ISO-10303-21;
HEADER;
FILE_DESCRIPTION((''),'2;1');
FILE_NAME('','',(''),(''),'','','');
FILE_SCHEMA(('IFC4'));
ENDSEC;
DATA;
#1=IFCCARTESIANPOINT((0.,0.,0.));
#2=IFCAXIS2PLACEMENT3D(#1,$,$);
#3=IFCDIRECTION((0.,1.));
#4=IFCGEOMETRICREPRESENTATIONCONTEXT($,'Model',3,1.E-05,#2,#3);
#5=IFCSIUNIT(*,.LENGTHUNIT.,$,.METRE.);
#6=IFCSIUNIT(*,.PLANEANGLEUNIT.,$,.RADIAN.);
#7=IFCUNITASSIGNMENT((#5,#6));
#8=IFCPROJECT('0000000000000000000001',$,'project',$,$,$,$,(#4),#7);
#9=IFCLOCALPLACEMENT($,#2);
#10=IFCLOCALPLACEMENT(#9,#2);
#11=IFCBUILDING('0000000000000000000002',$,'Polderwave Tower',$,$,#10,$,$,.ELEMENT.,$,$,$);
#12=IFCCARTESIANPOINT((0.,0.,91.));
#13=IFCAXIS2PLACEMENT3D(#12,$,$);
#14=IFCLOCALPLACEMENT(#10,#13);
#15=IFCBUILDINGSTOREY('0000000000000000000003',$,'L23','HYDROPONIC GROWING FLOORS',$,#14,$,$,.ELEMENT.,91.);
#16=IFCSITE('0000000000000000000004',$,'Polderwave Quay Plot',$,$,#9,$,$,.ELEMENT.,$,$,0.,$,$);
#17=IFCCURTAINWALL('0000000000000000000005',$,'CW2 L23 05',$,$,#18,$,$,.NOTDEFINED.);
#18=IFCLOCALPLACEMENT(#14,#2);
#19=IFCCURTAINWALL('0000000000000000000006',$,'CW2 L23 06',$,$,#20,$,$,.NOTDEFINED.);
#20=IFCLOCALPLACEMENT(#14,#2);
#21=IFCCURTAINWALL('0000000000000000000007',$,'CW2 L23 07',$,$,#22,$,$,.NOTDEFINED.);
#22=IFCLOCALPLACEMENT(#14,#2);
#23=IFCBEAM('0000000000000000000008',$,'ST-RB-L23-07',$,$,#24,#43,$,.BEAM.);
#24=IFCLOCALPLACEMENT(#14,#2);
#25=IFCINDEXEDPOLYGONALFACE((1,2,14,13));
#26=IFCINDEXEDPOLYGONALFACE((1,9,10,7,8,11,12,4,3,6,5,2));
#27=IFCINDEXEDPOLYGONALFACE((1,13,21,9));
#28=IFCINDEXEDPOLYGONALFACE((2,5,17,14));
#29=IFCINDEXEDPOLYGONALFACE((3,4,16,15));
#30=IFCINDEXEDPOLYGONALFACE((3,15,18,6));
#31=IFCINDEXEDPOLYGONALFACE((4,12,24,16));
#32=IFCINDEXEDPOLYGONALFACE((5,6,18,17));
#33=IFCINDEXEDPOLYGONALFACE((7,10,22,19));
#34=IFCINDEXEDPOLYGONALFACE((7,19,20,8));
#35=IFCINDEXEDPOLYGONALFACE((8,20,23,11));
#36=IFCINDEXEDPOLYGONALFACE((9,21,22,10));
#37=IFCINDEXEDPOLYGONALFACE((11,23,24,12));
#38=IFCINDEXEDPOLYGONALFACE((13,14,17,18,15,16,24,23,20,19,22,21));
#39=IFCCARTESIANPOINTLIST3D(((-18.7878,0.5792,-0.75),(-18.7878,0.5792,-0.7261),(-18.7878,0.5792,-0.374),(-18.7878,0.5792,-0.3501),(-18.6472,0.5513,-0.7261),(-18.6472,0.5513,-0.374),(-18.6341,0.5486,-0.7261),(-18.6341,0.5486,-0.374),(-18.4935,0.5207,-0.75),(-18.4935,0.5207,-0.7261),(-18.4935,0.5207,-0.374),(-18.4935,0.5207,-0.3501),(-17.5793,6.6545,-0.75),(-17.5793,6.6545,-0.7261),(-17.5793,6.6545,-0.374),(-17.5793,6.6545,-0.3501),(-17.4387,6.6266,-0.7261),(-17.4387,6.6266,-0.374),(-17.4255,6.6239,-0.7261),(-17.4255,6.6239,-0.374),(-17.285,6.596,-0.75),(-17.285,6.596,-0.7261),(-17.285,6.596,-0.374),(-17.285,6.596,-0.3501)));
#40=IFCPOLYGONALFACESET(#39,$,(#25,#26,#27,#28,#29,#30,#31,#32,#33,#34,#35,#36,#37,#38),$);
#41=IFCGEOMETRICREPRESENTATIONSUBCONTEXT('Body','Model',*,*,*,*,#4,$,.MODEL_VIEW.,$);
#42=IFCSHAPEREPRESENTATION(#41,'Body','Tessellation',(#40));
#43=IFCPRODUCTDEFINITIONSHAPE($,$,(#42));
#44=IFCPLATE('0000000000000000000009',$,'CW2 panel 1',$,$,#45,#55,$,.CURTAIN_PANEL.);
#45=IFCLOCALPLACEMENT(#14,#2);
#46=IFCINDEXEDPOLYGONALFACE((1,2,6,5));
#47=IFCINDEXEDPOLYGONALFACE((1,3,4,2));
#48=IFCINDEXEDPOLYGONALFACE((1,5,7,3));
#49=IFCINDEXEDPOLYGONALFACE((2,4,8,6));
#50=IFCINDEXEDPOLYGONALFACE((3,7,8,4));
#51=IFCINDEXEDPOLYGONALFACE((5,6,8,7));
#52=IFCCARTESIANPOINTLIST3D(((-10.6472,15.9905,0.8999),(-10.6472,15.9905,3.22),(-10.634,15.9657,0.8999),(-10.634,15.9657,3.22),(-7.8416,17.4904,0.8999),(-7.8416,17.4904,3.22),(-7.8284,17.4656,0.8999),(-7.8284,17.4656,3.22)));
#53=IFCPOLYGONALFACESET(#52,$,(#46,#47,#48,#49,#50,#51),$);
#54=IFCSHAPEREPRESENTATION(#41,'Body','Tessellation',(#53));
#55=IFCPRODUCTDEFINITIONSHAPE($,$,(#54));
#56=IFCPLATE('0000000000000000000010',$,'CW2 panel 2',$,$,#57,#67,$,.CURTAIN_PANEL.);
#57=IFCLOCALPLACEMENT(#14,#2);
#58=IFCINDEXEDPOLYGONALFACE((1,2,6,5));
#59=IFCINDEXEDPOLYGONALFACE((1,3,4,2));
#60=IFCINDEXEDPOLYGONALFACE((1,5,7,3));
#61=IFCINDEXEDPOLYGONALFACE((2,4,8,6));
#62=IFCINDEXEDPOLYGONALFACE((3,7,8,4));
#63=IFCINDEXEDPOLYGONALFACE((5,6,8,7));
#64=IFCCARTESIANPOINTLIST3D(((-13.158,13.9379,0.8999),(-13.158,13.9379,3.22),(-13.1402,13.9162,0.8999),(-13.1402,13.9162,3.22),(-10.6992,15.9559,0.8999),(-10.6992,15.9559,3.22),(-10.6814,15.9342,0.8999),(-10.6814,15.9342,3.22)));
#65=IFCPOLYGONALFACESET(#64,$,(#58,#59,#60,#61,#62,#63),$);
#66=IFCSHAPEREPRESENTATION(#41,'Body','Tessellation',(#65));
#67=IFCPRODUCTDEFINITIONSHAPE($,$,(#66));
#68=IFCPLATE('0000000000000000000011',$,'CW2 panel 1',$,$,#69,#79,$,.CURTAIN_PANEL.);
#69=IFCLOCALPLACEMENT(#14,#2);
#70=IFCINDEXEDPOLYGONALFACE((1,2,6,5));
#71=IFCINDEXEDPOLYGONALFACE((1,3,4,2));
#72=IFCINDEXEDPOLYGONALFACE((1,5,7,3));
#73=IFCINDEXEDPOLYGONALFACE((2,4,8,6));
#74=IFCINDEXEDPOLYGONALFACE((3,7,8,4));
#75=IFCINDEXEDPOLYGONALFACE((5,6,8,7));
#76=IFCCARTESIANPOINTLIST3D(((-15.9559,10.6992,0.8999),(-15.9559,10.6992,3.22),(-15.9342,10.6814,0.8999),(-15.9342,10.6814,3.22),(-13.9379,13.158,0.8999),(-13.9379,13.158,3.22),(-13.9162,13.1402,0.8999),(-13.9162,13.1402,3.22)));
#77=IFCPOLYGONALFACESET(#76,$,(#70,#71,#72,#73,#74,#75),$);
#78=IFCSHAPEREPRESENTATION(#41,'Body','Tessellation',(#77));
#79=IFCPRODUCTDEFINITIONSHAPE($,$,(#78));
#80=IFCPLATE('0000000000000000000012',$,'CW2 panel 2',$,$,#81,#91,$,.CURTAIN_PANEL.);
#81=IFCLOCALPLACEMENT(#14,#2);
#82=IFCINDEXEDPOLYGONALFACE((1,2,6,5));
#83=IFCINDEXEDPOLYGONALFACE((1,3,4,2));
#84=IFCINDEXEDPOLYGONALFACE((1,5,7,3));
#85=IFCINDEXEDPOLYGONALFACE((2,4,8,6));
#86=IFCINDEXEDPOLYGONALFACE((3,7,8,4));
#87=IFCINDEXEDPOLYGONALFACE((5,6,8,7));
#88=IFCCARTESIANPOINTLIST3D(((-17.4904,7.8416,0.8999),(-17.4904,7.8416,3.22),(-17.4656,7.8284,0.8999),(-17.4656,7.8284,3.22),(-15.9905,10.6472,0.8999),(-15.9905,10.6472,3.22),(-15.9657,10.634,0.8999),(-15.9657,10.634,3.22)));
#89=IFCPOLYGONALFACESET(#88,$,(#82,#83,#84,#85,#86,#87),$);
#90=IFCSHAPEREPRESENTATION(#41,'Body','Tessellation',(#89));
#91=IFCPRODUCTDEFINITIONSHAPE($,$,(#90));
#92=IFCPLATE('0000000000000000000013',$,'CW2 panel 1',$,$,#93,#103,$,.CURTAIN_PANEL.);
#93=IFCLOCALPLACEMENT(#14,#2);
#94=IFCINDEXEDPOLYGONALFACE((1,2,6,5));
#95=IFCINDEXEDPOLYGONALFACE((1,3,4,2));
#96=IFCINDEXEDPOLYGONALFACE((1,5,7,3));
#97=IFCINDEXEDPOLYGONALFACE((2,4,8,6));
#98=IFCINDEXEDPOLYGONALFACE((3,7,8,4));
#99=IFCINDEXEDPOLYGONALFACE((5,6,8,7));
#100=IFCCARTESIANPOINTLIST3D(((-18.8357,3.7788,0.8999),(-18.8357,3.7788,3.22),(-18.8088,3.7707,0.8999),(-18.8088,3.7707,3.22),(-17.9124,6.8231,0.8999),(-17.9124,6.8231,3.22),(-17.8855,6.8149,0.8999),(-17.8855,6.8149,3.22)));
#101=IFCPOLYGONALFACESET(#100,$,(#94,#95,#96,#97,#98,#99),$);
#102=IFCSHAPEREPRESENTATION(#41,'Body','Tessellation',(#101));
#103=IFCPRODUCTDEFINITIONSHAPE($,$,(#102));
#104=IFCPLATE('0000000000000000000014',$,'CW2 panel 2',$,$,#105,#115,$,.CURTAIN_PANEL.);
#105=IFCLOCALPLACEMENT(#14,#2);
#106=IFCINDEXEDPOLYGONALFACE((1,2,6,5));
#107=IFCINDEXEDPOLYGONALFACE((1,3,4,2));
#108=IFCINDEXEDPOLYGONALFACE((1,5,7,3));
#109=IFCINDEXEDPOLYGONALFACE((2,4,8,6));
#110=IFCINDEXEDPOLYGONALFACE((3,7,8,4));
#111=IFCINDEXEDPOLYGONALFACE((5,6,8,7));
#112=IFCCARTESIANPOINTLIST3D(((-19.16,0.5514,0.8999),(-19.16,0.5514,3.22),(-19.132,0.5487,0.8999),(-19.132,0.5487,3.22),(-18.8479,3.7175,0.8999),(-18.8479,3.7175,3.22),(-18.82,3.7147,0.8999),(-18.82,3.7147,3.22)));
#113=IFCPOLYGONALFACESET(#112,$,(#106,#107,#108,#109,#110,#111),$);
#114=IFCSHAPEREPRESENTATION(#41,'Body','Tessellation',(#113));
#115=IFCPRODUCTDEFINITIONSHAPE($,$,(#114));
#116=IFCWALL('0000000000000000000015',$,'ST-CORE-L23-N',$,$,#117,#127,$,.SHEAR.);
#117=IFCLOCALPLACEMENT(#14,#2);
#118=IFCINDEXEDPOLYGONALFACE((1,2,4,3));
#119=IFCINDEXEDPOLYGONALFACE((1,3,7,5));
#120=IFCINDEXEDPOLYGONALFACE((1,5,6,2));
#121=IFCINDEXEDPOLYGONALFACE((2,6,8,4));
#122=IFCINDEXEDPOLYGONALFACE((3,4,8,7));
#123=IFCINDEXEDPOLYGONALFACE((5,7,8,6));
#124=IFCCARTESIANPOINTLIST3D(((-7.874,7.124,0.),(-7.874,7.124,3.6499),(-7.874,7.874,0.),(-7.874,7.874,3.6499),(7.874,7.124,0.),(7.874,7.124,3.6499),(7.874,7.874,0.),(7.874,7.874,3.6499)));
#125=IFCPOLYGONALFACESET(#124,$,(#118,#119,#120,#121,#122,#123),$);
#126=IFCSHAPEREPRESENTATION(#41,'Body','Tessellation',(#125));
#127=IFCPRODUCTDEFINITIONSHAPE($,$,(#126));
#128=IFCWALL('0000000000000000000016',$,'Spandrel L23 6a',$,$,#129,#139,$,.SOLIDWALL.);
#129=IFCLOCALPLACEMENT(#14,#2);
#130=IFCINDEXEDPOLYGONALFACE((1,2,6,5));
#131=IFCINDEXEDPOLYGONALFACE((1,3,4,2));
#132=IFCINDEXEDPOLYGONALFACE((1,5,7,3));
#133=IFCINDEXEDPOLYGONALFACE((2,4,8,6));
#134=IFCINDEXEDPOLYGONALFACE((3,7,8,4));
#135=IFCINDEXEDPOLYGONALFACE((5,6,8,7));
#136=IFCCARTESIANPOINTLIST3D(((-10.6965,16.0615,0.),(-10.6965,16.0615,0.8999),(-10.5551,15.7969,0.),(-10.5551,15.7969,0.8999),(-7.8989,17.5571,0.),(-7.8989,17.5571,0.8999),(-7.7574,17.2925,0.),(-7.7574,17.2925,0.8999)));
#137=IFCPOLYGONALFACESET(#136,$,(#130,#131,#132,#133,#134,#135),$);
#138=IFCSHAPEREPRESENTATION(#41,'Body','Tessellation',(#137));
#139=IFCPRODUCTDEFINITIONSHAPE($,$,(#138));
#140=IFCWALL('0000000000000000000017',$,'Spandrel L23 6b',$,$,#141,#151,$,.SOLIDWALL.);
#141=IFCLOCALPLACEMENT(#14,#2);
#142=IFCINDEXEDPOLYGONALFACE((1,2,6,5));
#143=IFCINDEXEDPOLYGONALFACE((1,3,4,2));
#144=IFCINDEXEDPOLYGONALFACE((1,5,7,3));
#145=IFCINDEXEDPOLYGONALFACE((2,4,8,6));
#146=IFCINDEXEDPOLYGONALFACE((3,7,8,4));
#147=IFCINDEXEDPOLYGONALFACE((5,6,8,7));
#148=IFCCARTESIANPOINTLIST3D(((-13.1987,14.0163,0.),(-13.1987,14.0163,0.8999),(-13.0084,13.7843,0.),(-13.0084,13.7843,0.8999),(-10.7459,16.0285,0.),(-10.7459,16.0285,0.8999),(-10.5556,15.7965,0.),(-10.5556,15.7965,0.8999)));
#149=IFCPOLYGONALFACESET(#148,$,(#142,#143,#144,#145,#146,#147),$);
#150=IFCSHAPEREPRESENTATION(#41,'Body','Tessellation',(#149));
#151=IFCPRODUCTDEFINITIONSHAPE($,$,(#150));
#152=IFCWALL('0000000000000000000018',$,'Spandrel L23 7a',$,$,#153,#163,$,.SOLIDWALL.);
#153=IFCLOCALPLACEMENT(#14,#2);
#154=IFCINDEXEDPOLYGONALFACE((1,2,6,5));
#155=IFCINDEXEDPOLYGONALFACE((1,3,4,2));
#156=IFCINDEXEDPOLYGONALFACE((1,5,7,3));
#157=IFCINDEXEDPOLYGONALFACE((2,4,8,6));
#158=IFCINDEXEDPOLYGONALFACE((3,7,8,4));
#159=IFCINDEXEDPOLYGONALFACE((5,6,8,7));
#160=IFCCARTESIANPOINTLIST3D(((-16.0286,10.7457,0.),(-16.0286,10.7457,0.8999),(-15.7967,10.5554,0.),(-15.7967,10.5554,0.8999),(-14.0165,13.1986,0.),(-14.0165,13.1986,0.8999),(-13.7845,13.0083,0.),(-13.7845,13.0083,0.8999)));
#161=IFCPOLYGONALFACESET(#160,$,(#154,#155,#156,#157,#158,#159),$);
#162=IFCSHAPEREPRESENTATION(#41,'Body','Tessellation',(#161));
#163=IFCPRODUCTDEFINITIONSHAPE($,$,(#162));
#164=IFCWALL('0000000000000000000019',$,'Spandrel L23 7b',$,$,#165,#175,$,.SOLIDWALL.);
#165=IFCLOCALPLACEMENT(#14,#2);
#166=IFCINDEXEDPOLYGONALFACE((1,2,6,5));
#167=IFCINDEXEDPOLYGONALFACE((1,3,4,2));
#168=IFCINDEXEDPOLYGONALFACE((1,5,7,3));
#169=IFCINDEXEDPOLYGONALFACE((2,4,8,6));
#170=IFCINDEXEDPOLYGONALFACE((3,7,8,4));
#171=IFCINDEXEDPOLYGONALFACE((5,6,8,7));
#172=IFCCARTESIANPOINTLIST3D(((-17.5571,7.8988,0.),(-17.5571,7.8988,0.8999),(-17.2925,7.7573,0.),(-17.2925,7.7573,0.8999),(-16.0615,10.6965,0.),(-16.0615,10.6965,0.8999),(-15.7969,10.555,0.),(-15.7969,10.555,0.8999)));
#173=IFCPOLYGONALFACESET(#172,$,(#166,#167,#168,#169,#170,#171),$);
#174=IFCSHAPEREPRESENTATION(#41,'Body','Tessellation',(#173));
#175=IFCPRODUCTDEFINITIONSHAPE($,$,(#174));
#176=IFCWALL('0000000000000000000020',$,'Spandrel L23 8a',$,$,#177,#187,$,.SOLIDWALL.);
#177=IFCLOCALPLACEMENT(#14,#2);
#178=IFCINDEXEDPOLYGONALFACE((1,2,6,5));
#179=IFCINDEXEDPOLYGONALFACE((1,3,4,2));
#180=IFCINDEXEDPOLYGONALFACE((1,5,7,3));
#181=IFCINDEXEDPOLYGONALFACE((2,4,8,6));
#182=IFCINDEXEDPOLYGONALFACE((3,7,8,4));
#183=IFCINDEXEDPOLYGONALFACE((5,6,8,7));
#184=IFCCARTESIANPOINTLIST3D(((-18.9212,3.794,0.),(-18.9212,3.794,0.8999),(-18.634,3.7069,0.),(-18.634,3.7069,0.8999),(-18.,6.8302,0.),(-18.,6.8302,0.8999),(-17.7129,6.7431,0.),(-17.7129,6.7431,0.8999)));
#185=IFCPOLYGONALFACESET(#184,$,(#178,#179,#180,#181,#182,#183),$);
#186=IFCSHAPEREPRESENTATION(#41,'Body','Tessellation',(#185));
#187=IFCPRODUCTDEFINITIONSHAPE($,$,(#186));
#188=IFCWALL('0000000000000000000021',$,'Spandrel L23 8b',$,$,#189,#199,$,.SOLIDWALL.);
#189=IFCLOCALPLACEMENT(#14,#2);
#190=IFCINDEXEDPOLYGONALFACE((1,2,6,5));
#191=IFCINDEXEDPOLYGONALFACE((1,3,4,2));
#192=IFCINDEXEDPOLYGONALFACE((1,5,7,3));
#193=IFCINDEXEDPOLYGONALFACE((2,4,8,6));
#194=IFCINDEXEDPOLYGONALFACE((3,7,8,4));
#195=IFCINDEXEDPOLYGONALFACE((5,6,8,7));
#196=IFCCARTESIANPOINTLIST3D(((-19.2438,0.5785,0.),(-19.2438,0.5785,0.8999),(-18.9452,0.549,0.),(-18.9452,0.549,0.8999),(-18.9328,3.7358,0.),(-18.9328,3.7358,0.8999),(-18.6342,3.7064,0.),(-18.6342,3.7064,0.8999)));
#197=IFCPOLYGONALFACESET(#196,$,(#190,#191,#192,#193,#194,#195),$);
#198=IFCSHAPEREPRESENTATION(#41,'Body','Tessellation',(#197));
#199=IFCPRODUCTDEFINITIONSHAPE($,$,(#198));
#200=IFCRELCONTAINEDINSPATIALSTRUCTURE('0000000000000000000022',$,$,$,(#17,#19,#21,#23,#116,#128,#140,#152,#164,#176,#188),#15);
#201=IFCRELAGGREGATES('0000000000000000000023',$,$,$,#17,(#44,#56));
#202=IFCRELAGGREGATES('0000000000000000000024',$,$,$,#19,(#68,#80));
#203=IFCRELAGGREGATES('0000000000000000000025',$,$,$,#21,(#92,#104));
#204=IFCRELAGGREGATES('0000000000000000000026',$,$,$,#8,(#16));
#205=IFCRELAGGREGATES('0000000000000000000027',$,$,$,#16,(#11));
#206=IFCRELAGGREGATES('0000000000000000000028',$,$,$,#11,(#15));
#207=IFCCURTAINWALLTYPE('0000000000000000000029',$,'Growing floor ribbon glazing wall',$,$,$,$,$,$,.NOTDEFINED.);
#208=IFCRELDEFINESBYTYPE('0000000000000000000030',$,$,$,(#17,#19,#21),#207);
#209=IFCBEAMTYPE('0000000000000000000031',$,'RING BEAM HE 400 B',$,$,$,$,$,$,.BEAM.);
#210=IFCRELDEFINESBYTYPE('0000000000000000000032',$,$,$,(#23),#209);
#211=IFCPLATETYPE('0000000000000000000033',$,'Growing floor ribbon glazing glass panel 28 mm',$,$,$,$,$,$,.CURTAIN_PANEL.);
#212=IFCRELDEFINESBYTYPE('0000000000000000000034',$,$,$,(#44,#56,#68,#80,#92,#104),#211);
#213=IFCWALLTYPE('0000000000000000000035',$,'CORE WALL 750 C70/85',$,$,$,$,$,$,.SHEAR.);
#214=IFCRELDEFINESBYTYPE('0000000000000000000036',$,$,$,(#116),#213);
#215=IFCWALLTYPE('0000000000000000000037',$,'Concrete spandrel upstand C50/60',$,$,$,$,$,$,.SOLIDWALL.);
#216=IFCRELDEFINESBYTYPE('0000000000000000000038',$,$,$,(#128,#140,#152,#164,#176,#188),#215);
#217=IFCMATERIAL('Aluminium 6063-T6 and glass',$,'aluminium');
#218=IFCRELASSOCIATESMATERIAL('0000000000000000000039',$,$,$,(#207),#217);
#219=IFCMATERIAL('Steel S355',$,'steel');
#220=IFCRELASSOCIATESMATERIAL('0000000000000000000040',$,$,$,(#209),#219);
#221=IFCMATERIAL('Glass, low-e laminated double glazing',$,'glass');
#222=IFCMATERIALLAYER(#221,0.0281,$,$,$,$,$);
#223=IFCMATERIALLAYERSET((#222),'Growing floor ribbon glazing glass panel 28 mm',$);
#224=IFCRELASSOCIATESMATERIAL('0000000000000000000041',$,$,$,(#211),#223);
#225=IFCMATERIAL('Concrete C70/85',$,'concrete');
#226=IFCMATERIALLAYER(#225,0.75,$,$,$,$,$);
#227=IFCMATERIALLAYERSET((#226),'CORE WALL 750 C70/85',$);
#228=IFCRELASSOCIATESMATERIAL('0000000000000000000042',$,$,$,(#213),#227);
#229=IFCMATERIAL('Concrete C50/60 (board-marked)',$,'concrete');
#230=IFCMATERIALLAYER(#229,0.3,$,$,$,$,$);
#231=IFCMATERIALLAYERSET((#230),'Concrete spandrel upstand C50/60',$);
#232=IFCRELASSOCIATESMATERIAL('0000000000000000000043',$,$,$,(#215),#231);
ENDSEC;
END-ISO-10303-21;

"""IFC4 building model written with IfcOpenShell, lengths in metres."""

from ifc_helpers import new_model, si_unit, direction, frame, frame_2d, origin, origin_2d, place, context, subcontext, project, spatial, rectangle, i_section, extrude, material, layer, layer_set, material_profile, profile_set, type_object, element, aggregate, save


model = new_model("IFC4")

# Units and contexts
model_context = context("Model", 3, precision=1e-05, world=origin(), true_north=direction((0.0, 1.0)))
body_context = subcontext(model_context, "Body", "Model", "MODEL_VIEW")
ifc_project = project(units=[si_unit("LENGTHUNIT", "METRE"), si_unit("PLANEANGLEUNIT", "RADIAN")], contexts=[model_context])

# Site, building, storey
site_placement = place(None, origin())
site = spatial("IfcSite", under=ifc_project, at=site_placement, Name="Polderwave Quay Plot", CompositionType="ELEMENT", RefElevation=0.0)
building_placement = place(site_placement, origin())
building = spatial("IfcBuilding", under=site, at=building_placement, Name="Polderwave Tower", CompositionType="ELEMENT")
storey_placement = place(building_placement, frame((0.0, 0.0, 91.0)))
storey = spatial("IfcBuildingStorey", under=building, at=storey_placement, Name="L23", Description="HYDROPONIC GROWING FLOORS", CompositionType="ELEMENT", Elevation=91.0)

# Shared definitions
ifc_material_1 = material(Name="Concrete C70/85", Category="concrete")

# Curtain walls
ifc_material_2 = material(Name="Aluminium 6063-T6 and glass", Category="aluminium")
curtain_wall_type = type_object("IfcCurtainWallType", Name="Growing floor ribbon glazing wall", PredefinedType="NOTDEFINED", material=ifc_material_2)
curtain_wall_1_placement = place(storey_placement, origin())
curtain_wall_1 = element("IfcCurtainWall", 1, at=curtain_wall_1_placement, inside=storey, type_object=curtain_wall_type, Name="CW2 L23 05", PredefinedType="NOTDEFINED")
curtain_wall_2_placement = place(storey_placement, origin())
curtain_wall_2 = element("IfcCurtainWall", 2, at=curtain_wall_2_placement, inside=storey, type_object=curtain_wall_type, Name="CW2 L23 06", PredefinedType="NOTDEFINED")
curtain_wall_3_placement = place(storey_placement, origin())
curtain_wall_3 = element("IfcCurtainWall", 3, at=curtain_wall_3_placement, inside=storey, type_object=curtain_wall_type, Name="CW2 L23 07", PredefinedType="NOTDEFINED")

# Beam
ifc_material_3 = material(Name="Steel S355", Category="steel")
ifc_material_profile_1 = material_profile(ifc_material_3, i_section(OverallWidth=0.3, OverallDepth=0.3999, WebThickness=0.0134, FlangeThickness=0.0239, at=origin_2d()), Name="HE 400 B")
ifc_profile_set_1 = profile_set([ifc_material_profile_1], Name="Steel S355")
beam_type = type_object("IfcBeamType", Name="RING BEAM HE 400 B", PredefinedType="BEAM", material=ifc_profile_set_1)
for number, where, z_axis, x_axis, name in (
    (4, (-17.4321, 6.6252, -0.55), (-0.1951, -0.980783, 0.0), (0.980783, -0.1951, 0.0), "ST-RB-L23-07"),
):
    element("IfcBeam", number, at=place(storey_placement, frame(where, z_axis=z_axis, x_axis=x_axis)), inside=storey, type_object=beam_type, Name=name, PredefinedType="BEAM", context=body_context, shape_type="SweptSolid", body=[
        extrude(i_section(OverallWidth=0.3, OverallDepth=0.3999, WebThickness=0.0134, FlangeThickness=0.0239, at=origin_2d()), origin(), (0.0, 0.0, 1.0), 6.1943),
    ])

# Plates
ifc_material_4 = material(Name="Glass, low-e laminated double glazing", Category="glass")
ifc_layer_1 = layer(ifc_material_4, 0.0281)
ifc_layer_set_1 = layer_set([ifc_layer_1], Name="Growing floor ribbon glazing glass panel 28 mm")
plate_type = type_object("IfcPlateType", Name="Growing floor ribbon glazing glass panel 28 mm", PredefinedType="CURTAIN_PANEL", material=ifc_layer_set_1)
plate_1_placement = place(storey_placement, frame((-9.2378, 16.728, 0.8999), z_axis=(0.0, 0.0, 1.0), x_axis=(-0.881887, -0.471461, 0.0)))
plate_1 = element("IfcPlate", 5, at=plate_1_placement, type_object=plate_type, Name="CW2 panel 1", PredefinedType="CURTAIN_PANEL", context=body_context, shape_type="SweptSolid", body=[
    extrude(rectangle(XDim=3.1814, YDim=0.0281, at=origin_2d()), origin(), (0.0, 0.0, 1.0), 2.3201),
])
plate_2_placement = place(storey_placement, frame((-11.9197, 14.936, 0.8999), z_axis=(0.0, 0.0, 1.0), x_axis=(-0.772999, -0.634407, 0.0)))
plate_2 = element("IfcPlate", 6, at=plate_2_placement, type_object=plate_type, Name="CW2 panel 2", PredefinedType="CURTAIN_PANEL", context=body_context, shape_type="SweptSolid", body=[
    extrude(rectangle(XDim=3.1809, YDim=0.0281, at=origin_2d()), origin(), (0.0, 0.0, 1.0), 2.3201),
])
aggregate(curtain_wall_1, [plate_1, plate_2])
plate_3_placement = place(storey_placement, frame((-14.936, 11.9197, 0.8999), z_axis=(0.0, 0.0, 1.0), x_axis=(-0.634407, -0.772999, 0.0)))
plate_3 = element("IfcPlate", 7, at=plate_3_placement, type_object=plate_type, Name="CW2 panel 1", PredefinedType="CURTAIN_PANEL", context=body_context, shape_type="SweptSolid", body=[
    extrude(rectangle(XDim=3.1809, YDim=0.0281, at=origin_2d()), origin(), (0.0, 0.0, 1.0), 2.3201),
])
plate_4_placement = place(storey_placement, frame((-16.728, 9.2378, 0.8999), z_axis=(0.0, 0.0, 1.0), x_axis=(-0.471461, -0.881887, 0.0)))
plate_4 = element("IfcPlate", 8, at=plate_4_placement, type_object=plate_type, Name="CW2 panel 2", PredefinedType="CURTAIN_PANEL", context=body_context, shape_type="SweptSolid", body=[
    extrude(rectangle(XDim=3.1814, YDim=0.0281, at=origin_2d()), origin(), (0.0, 0.0, 1.0), 2.3201),
])
aggregate(curtain_wall_2, [plate_3, plate_4])
plate_5_placement = place(storey_placement, frame((-18.3606, 5.2969, 0.8999), z_axis=(0.0, 0.0, 1.0), x_axis=(-0.290233, -0.956956, 0.0)))
plate_5 = element("IfcPlate", 9, at=plate_5_placement, type_object=plate_type, Name="CW2 panel 1", PredefinedType="CURTAIN_PANEL", context=body_context, shape_type="SweptSolid", body=[
    extrude(rectangle(XDim=3.1812, YDim=0.0281, at=origin_2d()), origin(), (0.0, 0.0, 1.0), 2.3201),
])
plate_6_placement = place(storey_placement, frame((-18.99, 2.1331, 0.8999), z_axis=(0.0, 0.0, 1.0), x_axis=(-0.098085, -0.995178, 0.0)))
plate_6 = element("IfcPlate", 10, at=plate_6_placement, type_object=plate_type, Name="CW2 panel 2", PredefinedType="CURTAIN_PANEL", context=body_context, shape_type="SweptSolid", body=[
    extrude(rectangle(XDim=3.1814, YDim=0.0281, at=origin_2d()), origin(), (0.0, 0.0, 1.0), 2.3201),
])
aggregate(curtain_wall_3, [plate_5, plate_6])

# Walls
ifc_layer_2 = layer(ifc_material_1, 0.75)
ifc_layer_set_2 = layer_set([ifc_layer_2], Name="CORE WALL 750 C70/85")
wall_type_1 = type_object("IfcWallType", Name="CORE WALL 750 C70/85", PredefinedType="SHEAR", material=ifc_layer_set_2)
wall_1_placement = place(storey_placement, frame((-7.874, 7.499, 0.0), z_axis=(0.0, 0.0, 1.0), x_axis=(1.0, 0.0, 0.0)))
element("IfcWall", 11, at=wall_1_placement, inside=storey, type_object=wall_type_1, Name="ST-CORE-L23-N", PredefinedType="SHEAR", context=body_context, shape_type="SweptSolid", body=[
    extrude(rectangle(XDim=15.748, YDim=0.75, at=frame_2d((7.874, 0.0))), origin(), (0.0, 0.0, 1.0), 3.6499),
])
ifc_material_5 = material(Name="Concrete C50/60 (board-marked)", Category="concrete")
ifc_layer_3 = layer(ifc_material_5, 0.3)
ifc_layer_set_3 = layer_set([ifc_layer_3], Name="Concrete spandrel upstand C50/60")
wall_type_2 = type_object("IfcWallType", Name="Concrete spandrel upstand C50/60", PredefinedType="SOLIDWALL", material=ifc_layer_set_3)
wall_2_placement = place(storey_placement, frame((-7.8281, 17.4248, 0.0), z_axis=(0.0, 0.0, 1.0), x_axis=(-0.881888, -0.471459, 0.0)))
element("IfcWall", 12, at=wall_2_placement, inside=storey, type_object=wall_type_2, Name="Spandrel L23 6a", PredefinedType="SOLIDWALL", context=body_context, shape_type="SweptSolid", body=[
    extrude(rectangle(XDim=3.1724, YDim=0.3, at=frame_2d((1.5862, 0.0))), origin(), (0.0, 0.0, 1.0), 0.8999),
])
for number, where, z_axis, x_axis, name in (
    (13, (-10.6506, 15.9126, 0.0), (0.0, 0.0, 1.0), (-0.773137, -0.634239, 0.0), "Spandrel L23 6b"),
    (14, (-13.9004, 13.1035, 0.0), (0.0, 0.0, 1.0), (-0.634239, -0.773137, 0.0), "Spandrel L23 7a"),
):
    element("IfcWall", number, at=place(storey_placement, frame(where, z_axis=z_axis, x_axis=x_axis)), inside=storey, type_object=wall_type_2, Name=name, PredefinedType="SOLIDWALL", context=body_context, shape_type="SweptSolid", body=[
        extrude(rectangle(XDim=3.1726, YDim=0.3, at=frame_2d((1.5864, 0.0))), origin(), (0.0, 0.0, 1.0), 0.8999),
    ])
wall_3_placement = place(storey_placement, frame((-15.9292, 10.6257, 0.0), z_axis=(0.0, 0.0, 1.0), x_axis=(-0.471459, -0.881888, 0.0)))
element("IfcWall", 15, at=wall_3_placement, inside=storey, type_object=wall_type_2, Name="Spandrel L23 7b", PredefinedType="SOLIDWALL", context=body_context, shape_type="SweptSolid", body=[
    extrude(rectangle(XDim=3.1724, YDim=0.3, at=frame_2d((1.5862, 0.0))), origin(), (0.0, 0.0, 1.0), 0.8999),
])
wall_4_placement = place(storey_placement, frame((-17.8564, 6.7866, 0.0), z_axis=(0.0, 0.0, 1.0), x_axis=(-0.290326, -0.956928, 0.0)))
element("IfcWall", 16, at=wall_4_placement, inside=storey, type_object=wall_type_2, Name="Spandrel L23 8a", PredefinedType="SOLIDWALL", context=body_context, shape_type="SweptSolid", body=[
    extrude(rectangle(XDim=3.1729, YDim=0.3, at=frame_2d((1.5864, 0.0))), origin(), (0.0, 0.0, 1.0), 0.8999),
])
wall_5_placement = place(storey_placement, frame((-18.7834, 3.7212, 0.0), z_axis=(0.0, 0.0, 1.0), x_axis=(-0.098041, -0.995182, 0.0)))
element("IfcWall", 17, at=wall_5_placement, inside=storey, type_object=wall_type_2, Name="Spandrel L23 8b", PredefinedType="SOLIDWALL", context=body_context, shape_type="SweptSolid", body=[
    extrude(rectangle(XDim=3.1726, YDim=0.3, at=frame_2d((1.5864, 0.0))), origin(), (0.0, 0.0, 1.0), 0.8999),
])

save(model, "model.ifc")
